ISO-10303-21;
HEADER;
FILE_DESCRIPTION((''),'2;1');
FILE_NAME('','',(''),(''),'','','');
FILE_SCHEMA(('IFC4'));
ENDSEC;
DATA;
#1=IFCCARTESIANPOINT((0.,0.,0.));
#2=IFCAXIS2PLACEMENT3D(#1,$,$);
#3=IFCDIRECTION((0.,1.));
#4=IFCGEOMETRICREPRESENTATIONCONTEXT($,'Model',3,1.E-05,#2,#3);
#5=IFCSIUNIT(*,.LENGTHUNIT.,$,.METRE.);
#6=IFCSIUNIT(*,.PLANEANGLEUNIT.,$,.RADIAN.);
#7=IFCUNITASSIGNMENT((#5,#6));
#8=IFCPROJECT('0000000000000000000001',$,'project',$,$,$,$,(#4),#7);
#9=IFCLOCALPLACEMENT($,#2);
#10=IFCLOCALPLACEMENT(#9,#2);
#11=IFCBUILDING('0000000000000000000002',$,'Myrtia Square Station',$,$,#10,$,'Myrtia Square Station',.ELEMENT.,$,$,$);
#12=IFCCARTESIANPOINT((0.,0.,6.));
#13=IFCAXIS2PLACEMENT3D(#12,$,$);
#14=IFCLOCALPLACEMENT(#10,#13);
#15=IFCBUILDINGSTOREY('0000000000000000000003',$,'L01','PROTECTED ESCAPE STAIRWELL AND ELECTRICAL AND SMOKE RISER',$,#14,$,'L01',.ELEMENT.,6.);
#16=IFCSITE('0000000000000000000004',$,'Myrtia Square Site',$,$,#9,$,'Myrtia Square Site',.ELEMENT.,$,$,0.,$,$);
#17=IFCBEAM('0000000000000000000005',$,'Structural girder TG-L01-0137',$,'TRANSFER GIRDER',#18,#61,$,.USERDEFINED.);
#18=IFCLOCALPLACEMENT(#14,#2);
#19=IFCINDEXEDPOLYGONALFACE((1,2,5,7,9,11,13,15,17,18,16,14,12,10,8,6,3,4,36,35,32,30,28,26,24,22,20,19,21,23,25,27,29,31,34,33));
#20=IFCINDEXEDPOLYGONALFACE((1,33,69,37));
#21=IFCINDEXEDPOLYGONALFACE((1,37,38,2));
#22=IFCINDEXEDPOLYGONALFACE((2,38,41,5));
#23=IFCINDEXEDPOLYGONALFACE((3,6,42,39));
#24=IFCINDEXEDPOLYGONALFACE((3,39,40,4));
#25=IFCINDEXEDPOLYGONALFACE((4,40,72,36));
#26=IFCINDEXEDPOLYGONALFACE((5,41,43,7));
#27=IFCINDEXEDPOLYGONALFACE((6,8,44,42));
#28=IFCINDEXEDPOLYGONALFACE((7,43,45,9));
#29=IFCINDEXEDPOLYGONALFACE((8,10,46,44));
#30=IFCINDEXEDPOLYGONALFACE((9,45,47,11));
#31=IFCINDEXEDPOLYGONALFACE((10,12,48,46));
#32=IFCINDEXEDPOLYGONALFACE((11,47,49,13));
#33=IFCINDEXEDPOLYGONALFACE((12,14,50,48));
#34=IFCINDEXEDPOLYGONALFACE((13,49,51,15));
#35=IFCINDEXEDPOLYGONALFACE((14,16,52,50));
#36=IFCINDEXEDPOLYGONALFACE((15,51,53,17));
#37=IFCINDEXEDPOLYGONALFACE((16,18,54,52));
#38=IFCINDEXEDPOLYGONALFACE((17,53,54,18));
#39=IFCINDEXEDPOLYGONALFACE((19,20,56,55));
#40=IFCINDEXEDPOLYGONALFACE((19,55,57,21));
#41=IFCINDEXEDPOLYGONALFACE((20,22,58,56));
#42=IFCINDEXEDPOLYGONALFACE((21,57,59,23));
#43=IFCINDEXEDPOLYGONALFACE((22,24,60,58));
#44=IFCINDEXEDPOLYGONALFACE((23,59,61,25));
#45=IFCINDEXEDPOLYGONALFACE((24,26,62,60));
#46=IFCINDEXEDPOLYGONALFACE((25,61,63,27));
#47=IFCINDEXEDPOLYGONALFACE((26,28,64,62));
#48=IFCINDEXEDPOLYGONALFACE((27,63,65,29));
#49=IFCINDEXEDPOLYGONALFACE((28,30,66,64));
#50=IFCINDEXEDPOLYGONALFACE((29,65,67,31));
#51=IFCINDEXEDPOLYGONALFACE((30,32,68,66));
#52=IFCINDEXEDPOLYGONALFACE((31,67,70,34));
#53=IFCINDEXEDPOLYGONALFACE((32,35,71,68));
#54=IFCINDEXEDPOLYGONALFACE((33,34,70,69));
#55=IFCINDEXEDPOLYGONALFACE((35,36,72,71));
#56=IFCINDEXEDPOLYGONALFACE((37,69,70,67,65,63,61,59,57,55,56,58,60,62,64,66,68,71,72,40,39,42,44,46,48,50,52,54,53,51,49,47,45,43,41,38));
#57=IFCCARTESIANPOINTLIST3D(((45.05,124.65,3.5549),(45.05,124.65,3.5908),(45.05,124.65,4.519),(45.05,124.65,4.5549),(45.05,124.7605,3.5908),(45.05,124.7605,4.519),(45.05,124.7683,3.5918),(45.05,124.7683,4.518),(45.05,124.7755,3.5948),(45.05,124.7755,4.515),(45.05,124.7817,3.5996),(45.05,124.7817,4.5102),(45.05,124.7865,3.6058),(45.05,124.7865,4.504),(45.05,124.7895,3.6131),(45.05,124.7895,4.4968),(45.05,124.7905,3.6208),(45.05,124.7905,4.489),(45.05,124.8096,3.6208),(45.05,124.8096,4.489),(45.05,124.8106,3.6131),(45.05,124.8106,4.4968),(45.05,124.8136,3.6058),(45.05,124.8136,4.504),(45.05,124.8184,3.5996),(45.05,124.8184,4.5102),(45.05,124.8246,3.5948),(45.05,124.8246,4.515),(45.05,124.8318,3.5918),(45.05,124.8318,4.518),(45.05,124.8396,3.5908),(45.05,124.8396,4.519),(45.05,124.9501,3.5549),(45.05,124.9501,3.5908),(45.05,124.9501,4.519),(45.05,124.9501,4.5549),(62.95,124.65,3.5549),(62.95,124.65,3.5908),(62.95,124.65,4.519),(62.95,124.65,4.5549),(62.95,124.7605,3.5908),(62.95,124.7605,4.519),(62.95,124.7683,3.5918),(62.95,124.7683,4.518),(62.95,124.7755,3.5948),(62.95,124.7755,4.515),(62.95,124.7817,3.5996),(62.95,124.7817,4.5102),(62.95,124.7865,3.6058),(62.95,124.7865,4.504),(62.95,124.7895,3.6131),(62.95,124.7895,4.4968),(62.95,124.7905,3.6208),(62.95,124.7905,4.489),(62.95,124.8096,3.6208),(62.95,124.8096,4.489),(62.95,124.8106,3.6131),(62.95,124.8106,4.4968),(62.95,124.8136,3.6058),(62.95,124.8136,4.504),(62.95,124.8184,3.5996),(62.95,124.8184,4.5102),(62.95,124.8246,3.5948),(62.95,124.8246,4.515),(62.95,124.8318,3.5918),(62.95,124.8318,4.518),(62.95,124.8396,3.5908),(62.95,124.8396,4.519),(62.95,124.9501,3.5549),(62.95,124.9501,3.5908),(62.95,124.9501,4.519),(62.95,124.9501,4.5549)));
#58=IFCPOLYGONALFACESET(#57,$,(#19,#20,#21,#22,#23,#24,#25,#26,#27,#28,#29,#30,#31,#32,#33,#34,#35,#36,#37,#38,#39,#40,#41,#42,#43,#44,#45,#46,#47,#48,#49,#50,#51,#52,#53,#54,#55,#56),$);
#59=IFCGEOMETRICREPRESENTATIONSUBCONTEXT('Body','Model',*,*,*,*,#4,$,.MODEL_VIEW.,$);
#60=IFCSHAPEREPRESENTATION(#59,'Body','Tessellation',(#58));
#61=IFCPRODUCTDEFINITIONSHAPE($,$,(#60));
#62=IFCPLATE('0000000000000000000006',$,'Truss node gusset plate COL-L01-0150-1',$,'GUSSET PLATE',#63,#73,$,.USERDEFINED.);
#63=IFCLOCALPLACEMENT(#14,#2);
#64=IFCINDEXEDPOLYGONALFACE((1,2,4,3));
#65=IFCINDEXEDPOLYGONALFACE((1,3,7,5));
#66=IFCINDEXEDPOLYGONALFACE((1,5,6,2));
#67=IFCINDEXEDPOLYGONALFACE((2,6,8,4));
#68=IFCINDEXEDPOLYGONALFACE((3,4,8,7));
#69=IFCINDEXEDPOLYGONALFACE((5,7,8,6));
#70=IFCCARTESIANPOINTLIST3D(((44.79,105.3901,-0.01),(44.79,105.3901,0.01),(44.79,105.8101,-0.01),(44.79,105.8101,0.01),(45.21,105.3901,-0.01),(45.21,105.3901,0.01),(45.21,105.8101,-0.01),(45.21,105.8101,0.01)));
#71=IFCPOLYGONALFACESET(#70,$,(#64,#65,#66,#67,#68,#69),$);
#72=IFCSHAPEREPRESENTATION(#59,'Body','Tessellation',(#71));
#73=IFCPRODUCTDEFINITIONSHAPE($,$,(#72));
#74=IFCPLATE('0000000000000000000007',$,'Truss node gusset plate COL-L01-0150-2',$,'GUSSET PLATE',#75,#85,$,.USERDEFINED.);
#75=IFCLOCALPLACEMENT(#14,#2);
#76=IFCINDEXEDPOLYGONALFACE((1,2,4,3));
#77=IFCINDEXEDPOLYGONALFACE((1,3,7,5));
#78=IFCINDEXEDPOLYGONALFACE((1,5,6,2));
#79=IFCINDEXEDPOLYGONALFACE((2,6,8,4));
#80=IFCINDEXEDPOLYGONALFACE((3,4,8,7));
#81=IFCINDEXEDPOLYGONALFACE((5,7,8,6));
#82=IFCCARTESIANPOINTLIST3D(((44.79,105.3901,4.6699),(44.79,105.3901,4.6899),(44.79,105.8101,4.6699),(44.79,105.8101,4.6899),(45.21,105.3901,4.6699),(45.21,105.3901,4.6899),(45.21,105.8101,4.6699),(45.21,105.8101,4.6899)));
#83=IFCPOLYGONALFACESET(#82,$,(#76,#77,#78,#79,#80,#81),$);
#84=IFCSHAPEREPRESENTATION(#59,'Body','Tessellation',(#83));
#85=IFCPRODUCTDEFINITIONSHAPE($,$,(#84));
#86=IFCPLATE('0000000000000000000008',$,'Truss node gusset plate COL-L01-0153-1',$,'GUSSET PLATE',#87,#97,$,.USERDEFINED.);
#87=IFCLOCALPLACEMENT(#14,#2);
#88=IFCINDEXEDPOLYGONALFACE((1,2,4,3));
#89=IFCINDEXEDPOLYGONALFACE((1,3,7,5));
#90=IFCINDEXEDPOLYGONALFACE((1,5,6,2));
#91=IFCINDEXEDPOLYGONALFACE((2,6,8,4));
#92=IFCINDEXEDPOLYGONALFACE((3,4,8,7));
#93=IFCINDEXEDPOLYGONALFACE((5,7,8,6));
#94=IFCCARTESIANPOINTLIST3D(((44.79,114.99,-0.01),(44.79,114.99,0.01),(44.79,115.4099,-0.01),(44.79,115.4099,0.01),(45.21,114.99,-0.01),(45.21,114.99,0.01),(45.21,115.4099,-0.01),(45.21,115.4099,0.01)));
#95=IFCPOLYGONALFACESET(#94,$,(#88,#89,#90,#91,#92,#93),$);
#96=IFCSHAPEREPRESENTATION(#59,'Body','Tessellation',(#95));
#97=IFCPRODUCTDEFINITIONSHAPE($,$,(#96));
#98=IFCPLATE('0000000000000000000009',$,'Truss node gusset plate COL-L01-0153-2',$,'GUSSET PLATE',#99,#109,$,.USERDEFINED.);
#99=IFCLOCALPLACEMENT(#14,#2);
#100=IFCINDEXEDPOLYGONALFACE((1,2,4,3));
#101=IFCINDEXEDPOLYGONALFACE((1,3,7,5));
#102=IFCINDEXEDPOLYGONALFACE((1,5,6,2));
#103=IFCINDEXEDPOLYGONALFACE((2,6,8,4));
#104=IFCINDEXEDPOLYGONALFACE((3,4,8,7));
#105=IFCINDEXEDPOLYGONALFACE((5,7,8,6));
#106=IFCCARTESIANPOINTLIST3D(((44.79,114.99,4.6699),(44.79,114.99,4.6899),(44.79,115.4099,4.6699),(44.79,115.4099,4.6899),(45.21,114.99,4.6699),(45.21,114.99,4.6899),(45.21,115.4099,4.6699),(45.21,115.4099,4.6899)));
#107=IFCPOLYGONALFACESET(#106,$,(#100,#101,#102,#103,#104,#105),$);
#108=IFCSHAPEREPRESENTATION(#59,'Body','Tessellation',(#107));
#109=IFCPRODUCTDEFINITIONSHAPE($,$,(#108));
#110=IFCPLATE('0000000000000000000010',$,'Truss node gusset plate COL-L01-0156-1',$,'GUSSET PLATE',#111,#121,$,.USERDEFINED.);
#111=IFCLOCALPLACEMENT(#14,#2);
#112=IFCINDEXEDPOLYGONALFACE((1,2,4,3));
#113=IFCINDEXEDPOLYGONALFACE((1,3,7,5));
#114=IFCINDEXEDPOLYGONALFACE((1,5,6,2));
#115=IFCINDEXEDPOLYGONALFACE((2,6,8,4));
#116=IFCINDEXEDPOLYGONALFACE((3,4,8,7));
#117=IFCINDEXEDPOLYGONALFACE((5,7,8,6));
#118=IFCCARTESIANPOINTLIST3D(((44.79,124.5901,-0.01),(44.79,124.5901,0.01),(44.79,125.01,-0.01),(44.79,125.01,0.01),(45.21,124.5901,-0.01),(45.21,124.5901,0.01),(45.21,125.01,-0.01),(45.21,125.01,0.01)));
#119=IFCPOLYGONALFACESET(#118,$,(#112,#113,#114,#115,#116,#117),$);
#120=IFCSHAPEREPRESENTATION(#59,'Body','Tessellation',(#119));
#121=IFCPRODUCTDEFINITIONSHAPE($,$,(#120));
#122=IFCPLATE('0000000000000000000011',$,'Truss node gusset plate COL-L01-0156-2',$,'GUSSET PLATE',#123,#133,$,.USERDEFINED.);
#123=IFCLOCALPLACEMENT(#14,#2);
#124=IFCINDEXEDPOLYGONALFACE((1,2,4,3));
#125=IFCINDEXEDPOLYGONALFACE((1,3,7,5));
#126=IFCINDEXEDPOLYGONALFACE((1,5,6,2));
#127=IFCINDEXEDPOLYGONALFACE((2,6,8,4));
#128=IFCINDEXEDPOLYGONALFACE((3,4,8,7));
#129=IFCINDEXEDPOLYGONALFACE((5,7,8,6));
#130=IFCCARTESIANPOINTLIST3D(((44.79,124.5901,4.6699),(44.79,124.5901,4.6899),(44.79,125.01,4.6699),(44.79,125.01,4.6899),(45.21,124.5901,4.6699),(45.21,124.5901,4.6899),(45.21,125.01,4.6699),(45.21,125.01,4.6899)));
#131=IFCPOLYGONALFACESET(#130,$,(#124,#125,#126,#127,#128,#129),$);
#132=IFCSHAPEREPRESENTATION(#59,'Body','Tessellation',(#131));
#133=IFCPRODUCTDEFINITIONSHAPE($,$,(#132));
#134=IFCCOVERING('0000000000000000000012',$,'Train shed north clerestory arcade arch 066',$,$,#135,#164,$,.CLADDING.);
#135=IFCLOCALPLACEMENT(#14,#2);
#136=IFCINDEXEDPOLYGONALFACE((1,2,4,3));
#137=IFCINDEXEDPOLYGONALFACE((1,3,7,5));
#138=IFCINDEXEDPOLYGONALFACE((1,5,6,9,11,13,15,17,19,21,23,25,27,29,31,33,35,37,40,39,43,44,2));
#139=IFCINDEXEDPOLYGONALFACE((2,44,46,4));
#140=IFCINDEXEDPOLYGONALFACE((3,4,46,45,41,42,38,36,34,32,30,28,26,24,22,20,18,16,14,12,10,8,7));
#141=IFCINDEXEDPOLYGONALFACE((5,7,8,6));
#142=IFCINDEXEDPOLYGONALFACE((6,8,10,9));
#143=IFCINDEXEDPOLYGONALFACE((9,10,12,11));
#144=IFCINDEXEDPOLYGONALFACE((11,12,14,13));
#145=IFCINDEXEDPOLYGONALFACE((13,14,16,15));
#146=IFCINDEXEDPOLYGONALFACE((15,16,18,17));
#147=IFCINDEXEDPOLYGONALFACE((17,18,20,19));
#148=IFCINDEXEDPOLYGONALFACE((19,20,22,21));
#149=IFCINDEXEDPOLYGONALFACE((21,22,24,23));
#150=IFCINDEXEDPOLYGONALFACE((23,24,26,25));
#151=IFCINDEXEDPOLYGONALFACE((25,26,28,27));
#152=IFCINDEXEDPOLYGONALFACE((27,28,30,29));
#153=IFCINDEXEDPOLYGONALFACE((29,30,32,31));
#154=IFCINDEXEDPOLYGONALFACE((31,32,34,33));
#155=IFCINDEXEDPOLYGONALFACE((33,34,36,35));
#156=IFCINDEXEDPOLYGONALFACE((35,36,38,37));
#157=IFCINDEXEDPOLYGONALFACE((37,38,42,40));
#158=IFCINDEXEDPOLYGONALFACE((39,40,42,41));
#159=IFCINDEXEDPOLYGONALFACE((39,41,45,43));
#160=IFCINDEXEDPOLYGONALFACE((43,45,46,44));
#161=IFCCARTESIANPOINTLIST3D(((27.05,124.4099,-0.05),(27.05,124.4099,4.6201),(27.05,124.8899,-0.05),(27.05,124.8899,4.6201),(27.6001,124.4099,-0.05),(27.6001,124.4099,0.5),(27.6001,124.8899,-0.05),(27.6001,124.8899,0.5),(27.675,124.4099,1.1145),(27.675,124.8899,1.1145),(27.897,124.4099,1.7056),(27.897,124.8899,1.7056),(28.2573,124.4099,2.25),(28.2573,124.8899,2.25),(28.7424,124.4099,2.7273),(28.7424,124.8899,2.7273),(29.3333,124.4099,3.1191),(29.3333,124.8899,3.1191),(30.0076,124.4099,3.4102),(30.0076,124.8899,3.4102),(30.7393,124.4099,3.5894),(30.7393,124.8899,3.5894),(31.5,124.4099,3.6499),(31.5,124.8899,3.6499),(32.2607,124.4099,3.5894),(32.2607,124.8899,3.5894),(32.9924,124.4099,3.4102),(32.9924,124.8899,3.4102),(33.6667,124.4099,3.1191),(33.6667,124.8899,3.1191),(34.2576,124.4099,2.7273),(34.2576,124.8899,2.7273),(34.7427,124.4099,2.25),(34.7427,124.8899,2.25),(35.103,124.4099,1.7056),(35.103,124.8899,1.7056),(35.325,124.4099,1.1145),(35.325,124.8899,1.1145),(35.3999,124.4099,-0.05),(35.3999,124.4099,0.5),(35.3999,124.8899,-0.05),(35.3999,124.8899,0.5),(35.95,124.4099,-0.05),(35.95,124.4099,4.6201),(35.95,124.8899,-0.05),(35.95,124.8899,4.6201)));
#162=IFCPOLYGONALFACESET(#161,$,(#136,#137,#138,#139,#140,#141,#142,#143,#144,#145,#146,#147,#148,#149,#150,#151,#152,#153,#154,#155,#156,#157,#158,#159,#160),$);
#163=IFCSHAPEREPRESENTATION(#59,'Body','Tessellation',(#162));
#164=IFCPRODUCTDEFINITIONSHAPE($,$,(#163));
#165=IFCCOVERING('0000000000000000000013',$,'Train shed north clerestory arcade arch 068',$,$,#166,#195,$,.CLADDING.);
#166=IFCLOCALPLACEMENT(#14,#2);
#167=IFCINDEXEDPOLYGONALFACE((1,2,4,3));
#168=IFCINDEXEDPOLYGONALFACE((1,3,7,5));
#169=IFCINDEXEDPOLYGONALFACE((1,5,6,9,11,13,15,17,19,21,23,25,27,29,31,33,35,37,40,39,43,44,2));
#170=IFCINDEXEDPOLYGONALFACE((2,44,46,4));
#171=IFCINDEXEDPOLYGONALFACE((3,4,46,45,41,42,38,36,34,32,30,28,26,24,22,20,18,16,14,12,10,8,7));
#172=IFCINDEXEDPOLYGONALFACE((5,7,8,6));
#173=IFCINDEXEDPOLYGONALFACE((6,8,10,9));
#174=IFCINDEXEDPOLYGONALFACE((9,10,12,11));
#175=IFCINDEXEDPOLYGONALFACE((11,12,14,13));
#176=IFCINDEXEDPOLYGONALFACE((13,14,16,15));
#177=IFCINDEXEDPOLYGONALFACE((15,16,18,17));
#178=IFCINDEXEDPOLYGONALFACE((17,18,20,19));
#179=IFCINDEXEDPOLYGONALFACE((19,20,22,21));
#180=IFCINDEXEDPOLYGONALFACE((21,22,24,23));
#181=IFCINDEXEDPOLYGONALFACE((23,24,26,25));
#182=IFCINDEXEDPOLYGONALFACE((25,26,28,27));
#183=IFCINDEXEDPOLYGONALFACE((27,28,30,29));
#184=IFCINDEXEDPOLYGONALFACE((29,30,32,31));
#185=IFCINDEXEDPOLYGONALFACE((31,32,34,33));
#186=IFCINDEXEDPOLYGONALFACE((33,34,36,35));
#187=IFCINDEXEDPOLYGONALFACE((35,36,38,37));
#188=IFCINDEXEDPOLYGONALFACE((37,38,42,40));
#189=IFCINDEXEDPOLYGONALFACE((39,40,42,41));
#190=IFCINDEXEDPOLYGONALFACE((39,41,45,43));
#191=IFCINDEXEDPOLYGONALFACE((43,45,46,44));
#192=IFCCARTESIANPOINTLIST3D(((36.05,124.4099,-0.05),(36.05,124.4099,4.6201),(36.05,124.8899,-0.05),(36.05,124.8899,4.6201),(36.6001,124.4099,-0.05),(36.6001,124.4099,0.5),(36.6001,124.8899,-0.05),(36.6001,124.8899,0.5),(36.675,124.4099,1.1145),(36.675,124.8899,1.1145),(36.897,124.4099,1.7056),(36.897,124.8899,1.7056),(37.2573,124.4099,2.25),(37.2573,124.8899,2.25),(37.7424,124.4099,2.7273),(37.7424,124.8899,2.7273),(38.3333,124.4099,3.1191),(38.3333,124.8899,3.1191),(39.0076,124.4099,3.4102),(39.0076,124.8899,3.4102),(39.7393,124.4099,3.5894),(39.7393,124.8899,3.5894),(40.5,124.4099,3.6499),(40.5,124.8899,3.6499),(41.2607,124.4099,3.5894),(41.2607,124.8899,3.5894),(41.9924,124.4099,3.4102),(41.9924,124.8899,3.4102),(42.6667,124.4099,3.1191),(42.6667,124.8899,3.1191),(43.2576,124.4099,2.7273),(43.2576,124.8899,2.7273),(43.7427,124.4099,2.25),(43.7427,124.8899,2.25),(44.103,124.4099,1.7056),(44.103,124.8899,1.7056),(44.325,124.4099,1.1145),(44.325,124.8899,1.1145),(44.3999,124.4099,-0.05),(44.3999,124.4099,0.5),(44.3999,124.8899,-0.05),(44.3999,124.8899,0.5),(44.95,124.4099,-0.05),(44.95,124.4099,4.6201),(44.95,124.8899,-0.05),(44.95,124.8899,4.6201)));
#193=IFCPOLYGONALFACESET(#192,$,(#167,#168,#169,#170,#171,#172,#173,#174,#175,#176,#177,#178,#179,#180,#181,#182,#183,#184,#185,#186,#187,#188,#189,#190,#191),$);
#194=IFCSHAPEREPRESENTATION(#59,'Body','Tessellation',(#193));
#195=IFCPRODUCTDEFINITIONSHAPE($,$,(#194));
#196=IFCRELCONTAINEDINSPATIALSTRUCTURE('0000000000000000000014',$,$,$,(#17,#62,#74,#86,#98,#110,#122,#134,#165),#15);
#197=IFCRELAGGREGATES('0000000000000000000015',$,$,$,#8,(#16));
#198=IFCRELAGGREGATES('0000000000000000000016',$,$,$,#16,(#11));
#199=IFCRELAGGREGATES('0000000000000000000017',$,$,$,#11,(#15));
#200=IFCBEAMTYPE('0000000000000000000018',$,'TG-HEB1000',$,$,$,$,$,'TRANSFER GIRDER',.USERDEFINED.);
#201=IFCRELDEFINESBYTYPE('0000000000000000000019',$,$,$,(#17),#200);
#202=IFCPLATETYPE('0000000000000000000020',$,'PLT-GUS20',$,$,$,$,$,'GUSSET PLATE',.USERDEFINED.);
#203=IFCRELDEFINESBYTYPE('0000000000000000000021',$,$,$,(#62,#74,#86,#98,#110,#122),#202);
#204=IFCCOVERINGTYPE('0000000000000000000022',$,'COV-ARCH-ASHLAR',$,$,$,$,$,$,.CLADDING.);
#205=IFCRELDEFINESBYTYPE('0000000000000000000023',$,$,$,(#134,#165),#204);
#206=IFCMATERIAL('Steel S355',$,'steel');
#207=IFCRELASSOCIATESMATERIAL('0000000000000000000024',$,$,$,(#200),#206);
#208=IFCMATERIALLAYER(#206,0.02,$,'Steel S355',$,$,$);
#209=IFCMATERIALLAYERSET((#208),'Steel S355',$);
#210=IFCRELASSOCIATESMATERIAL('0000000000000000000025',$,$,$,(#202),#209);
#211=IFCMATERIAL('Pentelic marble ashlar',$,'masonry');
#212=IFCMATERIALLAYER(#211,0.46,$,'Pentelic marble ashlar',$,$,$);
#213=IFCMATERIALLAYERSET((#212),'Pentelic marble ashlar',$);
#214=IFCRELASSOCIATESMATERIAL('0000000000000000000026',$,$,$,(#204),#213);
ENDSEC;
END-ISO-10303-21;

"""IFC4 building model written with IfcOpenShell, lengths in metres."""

from ifc_helpers import new_model, si_unit, direction, frame, origin, origin_2d, place, context, subcontext, project, spatial, polyline, rectangle, i_section, outline, extrude, material, layer, layer_set, material_profile, profile_set, type_object, element, save


model = new_model("IFC4")

# Units and contexts
model_context = context("Model", 3, precision=1e-05, world=origin(), true_north=direction((0.0, 1.0)))
body_context = subcontext(model_context, "Body", "Model", "MODEL_VIEW")
ifc_project = project(units=[si_unit("LENGTHUNIT", "METRE"), si_unit("PLANEANGLEUNIT", "RADIAN")], contexts=[model_context])

# Site, building, storey
site_placement = place(None, origin())
site = spatial("IfcSite", under=ifc_project, at=site_placement, Name="Myrtia Square Site", LongName="Myrtia Square Site", CompositionType="ELEMENT", RefElevation=0.0)
building_placement = place(site_placement, origin())
building = spatial("IfcBuilding", under=site, at=building_placement, Name="Myrtia Square Station", LongName="Myrtia Square Station", CompositionType="ELEMENT")
storey_placement = place(building_placement, frame((0.0, 0.0, 6.0)))
storey = spatial("IfcBuildingStorey", under=building, at=storey_placement, Name="L01", Description="PROTECTED ESCAPE STAIRWELL AND ELECTRICAL AND SMOKE RISER", LongName="L01", CompositionType="ELEMENT", Elevation=6.0)

# Shared definitions
ifc_material_1 = material(Name="Steel S355", Category="steel")

# Beam
ifc_material_profile_1 = material_profile(ifc_material_1, i_section(OverallWidth=0.3, OverallDepth=1.0, WebThickness=0.019, FlangeThickness=0.0359, FilletRadius=0.03, at=origin_2d()), Name="HEB 1000")
ifc_profile_set_1 = profile_set([ifc_material_profile_1], Name="Steel S355")
beam_type_1 = type_object("IfcBeamType", Name="TG-HEB1000", ElementType="TRANSFER GIRDER", PredefinedType="USERDEFINED", material=ifc_profile_set_1)
for number, where, z_axis, x_axis, name in (
    (1, (45.05, 124.8, 4.0549), (1.0, 0.0, 0.0), (0.0, 1.0, 0.0), "Structural girder TG-L01-0137"),
):
    element("IfcBeam", number, at=place(storey_placement, frame(where, z_axis=z_axis, x_axis=x_axis)), inside=storey, type_object=beam_type_1, Name=name, ObjectType="TRANSFER GIRDER", PredefinedType="USERDEFINED", context=body_context, shape_type="SweptSolid", body=[
        extrude(i_section(OverallWidth=0.3, OverallDepth=1.0, WebThickness=0.019, FlangeThickness=0.0359, FilletRadius=0.03, at=origin_2d()), origin(), (0.0, 0.0, 1.0), 17.8999),
    ])

# Plates
ifc_layer_1 = layer(ifc_material_1, 0.02, Name="Steel S355")
ifc_layer_set_1 = layer_set([ifc_layer_1], Name="Steel S355")
plate_type = type_object("IfcPlateType", Name="PLT-GUS20", ElementType="GUSSET PLATE", PredefinedType="USERDEFINED", material=ifc_layer_set_1)
for number, where, z_axis, x_axis, name in (
    (2, (45.0, 105.6001, -0.01), (0.0, 0.0, 1.0), (1.0, 0.0, 0.0), "Truss node gusset plate COL-L01-0150-1"),
    (3, (45.0, 105.6001, 4.6699), (0.0, 0.0, 1.0), (1.0, 0.0, 0.0), "Truss node gusset plate COL-L01-0150-2"),
    (4, (45.0, 115.2, -0.01), (0.0, 0.0, 1.0), (1.0, 0.0, 0.0), "Truss node gusset plate COL-L01-0153-1"),
    (5, (45.0, 115.2, 4.6699), (0.0, 0.0, 1.0), (1.0, 0.0, 0.0), "Truss node gusset plate COL-L01-0153-2"),
    (6, (45.0, 124.8, -0.01), (0.0, 0.0, 1.0), (1.0, 0.0, 0.0), "Truss node gusset plate COL-L01-0156-1"),
    (7, (45.0, 124.8, 4.6699), (0.0, 0.0, 1.0), (1.0, 0.0, 0.0), "Truss node gusset plate COL-L01-0156-2"),
):
    element("IfcPlate", number, at=place(storey_placement, frame(where, z_axis=z_axis, x_axis=x_axis)), inside=storey, type_object=plate_type, Name=name, ObjectType="GUSSET PLATE", PredefinedType="USERDEFINED", context=body_context, shape_type="SweptSolid", body=[
        extrude(rectangle(XDim=0.4199, YDim=0.4199, at=origin_2d()), origin(), (0.0, 0.0, 1.0), 0.02),
    ])

# Coverings
ifc_material_2 = material(Name="Pentelic marble ashlar", Category="masonry")
ifc_layer_2 = layer(ifc_material_2, 0.46, Name="Pentelic marble ashlar")
ifc_layer_set_2 = layer_set([ifc_layer_2], Name="Pentelic marble ashlar")
covering_type = type_object("IfcCoveringType", Name="COV-ARCH-ASHLAR", PredefinedType="CLADDING", material=ifc_layer_set_2)
for number, where, z_axis, x_axis, name in (
    (8, (27.05, 124.6499, -0.05), (0.0, 0.0, 1.0), (1.0, 0.0, 0.0), "Train shed north clerestory arcade arch 066"),
    (9, (36.05, 124.6499, -0.05), (0.0, 0.0, 1.0), (1.0, 0.0, 0.0), "Train shed north clerestory arcade arch 068"),
):
    element("IfcCovering", number, at=place(storey_placement, frame(where, z_axis=z_axis, x_axis=x_axis)), inside=storey, type_object=covering_type, Name=name, PredefinedType="CLADDING", context=body_context, shape_type="SweptSolid", body=[
        extrude(outline(polyline([(0.0, 0.0), (0.55, 0.0), (0.55, 0.55), (0.625, 1.1646), (0.8469, 1.7556), (1.2073, 2.3), (1.6924, 2.7773), (2.2832, 3.1692), (2.9575, 3.4602), (3.6892, 3.6394), (4.45, 3.7), (5.2107, 3.6394), (5.9424, 3.4602), (6.6167, 3.1692), (7.2075, 2.7773), (7.6926, 2.3), (8.053, 1.7556), (8.2749, 1.1646), (8.3499, 0.55), (8.3499, 0.0), (8.8999, 0.0), (8.8999, 4.6702), (0.0, 4.6702), (0.0, 0.0)])), frame((0.0, 0.24, 0.0), z_axis=(0.0, -1.0, 0.0), x_axis=(1.0, 0.0, 0.0)), (0.0, 0.0, 1.0), 0.48),
    ])

save(model, "model.ifc")
